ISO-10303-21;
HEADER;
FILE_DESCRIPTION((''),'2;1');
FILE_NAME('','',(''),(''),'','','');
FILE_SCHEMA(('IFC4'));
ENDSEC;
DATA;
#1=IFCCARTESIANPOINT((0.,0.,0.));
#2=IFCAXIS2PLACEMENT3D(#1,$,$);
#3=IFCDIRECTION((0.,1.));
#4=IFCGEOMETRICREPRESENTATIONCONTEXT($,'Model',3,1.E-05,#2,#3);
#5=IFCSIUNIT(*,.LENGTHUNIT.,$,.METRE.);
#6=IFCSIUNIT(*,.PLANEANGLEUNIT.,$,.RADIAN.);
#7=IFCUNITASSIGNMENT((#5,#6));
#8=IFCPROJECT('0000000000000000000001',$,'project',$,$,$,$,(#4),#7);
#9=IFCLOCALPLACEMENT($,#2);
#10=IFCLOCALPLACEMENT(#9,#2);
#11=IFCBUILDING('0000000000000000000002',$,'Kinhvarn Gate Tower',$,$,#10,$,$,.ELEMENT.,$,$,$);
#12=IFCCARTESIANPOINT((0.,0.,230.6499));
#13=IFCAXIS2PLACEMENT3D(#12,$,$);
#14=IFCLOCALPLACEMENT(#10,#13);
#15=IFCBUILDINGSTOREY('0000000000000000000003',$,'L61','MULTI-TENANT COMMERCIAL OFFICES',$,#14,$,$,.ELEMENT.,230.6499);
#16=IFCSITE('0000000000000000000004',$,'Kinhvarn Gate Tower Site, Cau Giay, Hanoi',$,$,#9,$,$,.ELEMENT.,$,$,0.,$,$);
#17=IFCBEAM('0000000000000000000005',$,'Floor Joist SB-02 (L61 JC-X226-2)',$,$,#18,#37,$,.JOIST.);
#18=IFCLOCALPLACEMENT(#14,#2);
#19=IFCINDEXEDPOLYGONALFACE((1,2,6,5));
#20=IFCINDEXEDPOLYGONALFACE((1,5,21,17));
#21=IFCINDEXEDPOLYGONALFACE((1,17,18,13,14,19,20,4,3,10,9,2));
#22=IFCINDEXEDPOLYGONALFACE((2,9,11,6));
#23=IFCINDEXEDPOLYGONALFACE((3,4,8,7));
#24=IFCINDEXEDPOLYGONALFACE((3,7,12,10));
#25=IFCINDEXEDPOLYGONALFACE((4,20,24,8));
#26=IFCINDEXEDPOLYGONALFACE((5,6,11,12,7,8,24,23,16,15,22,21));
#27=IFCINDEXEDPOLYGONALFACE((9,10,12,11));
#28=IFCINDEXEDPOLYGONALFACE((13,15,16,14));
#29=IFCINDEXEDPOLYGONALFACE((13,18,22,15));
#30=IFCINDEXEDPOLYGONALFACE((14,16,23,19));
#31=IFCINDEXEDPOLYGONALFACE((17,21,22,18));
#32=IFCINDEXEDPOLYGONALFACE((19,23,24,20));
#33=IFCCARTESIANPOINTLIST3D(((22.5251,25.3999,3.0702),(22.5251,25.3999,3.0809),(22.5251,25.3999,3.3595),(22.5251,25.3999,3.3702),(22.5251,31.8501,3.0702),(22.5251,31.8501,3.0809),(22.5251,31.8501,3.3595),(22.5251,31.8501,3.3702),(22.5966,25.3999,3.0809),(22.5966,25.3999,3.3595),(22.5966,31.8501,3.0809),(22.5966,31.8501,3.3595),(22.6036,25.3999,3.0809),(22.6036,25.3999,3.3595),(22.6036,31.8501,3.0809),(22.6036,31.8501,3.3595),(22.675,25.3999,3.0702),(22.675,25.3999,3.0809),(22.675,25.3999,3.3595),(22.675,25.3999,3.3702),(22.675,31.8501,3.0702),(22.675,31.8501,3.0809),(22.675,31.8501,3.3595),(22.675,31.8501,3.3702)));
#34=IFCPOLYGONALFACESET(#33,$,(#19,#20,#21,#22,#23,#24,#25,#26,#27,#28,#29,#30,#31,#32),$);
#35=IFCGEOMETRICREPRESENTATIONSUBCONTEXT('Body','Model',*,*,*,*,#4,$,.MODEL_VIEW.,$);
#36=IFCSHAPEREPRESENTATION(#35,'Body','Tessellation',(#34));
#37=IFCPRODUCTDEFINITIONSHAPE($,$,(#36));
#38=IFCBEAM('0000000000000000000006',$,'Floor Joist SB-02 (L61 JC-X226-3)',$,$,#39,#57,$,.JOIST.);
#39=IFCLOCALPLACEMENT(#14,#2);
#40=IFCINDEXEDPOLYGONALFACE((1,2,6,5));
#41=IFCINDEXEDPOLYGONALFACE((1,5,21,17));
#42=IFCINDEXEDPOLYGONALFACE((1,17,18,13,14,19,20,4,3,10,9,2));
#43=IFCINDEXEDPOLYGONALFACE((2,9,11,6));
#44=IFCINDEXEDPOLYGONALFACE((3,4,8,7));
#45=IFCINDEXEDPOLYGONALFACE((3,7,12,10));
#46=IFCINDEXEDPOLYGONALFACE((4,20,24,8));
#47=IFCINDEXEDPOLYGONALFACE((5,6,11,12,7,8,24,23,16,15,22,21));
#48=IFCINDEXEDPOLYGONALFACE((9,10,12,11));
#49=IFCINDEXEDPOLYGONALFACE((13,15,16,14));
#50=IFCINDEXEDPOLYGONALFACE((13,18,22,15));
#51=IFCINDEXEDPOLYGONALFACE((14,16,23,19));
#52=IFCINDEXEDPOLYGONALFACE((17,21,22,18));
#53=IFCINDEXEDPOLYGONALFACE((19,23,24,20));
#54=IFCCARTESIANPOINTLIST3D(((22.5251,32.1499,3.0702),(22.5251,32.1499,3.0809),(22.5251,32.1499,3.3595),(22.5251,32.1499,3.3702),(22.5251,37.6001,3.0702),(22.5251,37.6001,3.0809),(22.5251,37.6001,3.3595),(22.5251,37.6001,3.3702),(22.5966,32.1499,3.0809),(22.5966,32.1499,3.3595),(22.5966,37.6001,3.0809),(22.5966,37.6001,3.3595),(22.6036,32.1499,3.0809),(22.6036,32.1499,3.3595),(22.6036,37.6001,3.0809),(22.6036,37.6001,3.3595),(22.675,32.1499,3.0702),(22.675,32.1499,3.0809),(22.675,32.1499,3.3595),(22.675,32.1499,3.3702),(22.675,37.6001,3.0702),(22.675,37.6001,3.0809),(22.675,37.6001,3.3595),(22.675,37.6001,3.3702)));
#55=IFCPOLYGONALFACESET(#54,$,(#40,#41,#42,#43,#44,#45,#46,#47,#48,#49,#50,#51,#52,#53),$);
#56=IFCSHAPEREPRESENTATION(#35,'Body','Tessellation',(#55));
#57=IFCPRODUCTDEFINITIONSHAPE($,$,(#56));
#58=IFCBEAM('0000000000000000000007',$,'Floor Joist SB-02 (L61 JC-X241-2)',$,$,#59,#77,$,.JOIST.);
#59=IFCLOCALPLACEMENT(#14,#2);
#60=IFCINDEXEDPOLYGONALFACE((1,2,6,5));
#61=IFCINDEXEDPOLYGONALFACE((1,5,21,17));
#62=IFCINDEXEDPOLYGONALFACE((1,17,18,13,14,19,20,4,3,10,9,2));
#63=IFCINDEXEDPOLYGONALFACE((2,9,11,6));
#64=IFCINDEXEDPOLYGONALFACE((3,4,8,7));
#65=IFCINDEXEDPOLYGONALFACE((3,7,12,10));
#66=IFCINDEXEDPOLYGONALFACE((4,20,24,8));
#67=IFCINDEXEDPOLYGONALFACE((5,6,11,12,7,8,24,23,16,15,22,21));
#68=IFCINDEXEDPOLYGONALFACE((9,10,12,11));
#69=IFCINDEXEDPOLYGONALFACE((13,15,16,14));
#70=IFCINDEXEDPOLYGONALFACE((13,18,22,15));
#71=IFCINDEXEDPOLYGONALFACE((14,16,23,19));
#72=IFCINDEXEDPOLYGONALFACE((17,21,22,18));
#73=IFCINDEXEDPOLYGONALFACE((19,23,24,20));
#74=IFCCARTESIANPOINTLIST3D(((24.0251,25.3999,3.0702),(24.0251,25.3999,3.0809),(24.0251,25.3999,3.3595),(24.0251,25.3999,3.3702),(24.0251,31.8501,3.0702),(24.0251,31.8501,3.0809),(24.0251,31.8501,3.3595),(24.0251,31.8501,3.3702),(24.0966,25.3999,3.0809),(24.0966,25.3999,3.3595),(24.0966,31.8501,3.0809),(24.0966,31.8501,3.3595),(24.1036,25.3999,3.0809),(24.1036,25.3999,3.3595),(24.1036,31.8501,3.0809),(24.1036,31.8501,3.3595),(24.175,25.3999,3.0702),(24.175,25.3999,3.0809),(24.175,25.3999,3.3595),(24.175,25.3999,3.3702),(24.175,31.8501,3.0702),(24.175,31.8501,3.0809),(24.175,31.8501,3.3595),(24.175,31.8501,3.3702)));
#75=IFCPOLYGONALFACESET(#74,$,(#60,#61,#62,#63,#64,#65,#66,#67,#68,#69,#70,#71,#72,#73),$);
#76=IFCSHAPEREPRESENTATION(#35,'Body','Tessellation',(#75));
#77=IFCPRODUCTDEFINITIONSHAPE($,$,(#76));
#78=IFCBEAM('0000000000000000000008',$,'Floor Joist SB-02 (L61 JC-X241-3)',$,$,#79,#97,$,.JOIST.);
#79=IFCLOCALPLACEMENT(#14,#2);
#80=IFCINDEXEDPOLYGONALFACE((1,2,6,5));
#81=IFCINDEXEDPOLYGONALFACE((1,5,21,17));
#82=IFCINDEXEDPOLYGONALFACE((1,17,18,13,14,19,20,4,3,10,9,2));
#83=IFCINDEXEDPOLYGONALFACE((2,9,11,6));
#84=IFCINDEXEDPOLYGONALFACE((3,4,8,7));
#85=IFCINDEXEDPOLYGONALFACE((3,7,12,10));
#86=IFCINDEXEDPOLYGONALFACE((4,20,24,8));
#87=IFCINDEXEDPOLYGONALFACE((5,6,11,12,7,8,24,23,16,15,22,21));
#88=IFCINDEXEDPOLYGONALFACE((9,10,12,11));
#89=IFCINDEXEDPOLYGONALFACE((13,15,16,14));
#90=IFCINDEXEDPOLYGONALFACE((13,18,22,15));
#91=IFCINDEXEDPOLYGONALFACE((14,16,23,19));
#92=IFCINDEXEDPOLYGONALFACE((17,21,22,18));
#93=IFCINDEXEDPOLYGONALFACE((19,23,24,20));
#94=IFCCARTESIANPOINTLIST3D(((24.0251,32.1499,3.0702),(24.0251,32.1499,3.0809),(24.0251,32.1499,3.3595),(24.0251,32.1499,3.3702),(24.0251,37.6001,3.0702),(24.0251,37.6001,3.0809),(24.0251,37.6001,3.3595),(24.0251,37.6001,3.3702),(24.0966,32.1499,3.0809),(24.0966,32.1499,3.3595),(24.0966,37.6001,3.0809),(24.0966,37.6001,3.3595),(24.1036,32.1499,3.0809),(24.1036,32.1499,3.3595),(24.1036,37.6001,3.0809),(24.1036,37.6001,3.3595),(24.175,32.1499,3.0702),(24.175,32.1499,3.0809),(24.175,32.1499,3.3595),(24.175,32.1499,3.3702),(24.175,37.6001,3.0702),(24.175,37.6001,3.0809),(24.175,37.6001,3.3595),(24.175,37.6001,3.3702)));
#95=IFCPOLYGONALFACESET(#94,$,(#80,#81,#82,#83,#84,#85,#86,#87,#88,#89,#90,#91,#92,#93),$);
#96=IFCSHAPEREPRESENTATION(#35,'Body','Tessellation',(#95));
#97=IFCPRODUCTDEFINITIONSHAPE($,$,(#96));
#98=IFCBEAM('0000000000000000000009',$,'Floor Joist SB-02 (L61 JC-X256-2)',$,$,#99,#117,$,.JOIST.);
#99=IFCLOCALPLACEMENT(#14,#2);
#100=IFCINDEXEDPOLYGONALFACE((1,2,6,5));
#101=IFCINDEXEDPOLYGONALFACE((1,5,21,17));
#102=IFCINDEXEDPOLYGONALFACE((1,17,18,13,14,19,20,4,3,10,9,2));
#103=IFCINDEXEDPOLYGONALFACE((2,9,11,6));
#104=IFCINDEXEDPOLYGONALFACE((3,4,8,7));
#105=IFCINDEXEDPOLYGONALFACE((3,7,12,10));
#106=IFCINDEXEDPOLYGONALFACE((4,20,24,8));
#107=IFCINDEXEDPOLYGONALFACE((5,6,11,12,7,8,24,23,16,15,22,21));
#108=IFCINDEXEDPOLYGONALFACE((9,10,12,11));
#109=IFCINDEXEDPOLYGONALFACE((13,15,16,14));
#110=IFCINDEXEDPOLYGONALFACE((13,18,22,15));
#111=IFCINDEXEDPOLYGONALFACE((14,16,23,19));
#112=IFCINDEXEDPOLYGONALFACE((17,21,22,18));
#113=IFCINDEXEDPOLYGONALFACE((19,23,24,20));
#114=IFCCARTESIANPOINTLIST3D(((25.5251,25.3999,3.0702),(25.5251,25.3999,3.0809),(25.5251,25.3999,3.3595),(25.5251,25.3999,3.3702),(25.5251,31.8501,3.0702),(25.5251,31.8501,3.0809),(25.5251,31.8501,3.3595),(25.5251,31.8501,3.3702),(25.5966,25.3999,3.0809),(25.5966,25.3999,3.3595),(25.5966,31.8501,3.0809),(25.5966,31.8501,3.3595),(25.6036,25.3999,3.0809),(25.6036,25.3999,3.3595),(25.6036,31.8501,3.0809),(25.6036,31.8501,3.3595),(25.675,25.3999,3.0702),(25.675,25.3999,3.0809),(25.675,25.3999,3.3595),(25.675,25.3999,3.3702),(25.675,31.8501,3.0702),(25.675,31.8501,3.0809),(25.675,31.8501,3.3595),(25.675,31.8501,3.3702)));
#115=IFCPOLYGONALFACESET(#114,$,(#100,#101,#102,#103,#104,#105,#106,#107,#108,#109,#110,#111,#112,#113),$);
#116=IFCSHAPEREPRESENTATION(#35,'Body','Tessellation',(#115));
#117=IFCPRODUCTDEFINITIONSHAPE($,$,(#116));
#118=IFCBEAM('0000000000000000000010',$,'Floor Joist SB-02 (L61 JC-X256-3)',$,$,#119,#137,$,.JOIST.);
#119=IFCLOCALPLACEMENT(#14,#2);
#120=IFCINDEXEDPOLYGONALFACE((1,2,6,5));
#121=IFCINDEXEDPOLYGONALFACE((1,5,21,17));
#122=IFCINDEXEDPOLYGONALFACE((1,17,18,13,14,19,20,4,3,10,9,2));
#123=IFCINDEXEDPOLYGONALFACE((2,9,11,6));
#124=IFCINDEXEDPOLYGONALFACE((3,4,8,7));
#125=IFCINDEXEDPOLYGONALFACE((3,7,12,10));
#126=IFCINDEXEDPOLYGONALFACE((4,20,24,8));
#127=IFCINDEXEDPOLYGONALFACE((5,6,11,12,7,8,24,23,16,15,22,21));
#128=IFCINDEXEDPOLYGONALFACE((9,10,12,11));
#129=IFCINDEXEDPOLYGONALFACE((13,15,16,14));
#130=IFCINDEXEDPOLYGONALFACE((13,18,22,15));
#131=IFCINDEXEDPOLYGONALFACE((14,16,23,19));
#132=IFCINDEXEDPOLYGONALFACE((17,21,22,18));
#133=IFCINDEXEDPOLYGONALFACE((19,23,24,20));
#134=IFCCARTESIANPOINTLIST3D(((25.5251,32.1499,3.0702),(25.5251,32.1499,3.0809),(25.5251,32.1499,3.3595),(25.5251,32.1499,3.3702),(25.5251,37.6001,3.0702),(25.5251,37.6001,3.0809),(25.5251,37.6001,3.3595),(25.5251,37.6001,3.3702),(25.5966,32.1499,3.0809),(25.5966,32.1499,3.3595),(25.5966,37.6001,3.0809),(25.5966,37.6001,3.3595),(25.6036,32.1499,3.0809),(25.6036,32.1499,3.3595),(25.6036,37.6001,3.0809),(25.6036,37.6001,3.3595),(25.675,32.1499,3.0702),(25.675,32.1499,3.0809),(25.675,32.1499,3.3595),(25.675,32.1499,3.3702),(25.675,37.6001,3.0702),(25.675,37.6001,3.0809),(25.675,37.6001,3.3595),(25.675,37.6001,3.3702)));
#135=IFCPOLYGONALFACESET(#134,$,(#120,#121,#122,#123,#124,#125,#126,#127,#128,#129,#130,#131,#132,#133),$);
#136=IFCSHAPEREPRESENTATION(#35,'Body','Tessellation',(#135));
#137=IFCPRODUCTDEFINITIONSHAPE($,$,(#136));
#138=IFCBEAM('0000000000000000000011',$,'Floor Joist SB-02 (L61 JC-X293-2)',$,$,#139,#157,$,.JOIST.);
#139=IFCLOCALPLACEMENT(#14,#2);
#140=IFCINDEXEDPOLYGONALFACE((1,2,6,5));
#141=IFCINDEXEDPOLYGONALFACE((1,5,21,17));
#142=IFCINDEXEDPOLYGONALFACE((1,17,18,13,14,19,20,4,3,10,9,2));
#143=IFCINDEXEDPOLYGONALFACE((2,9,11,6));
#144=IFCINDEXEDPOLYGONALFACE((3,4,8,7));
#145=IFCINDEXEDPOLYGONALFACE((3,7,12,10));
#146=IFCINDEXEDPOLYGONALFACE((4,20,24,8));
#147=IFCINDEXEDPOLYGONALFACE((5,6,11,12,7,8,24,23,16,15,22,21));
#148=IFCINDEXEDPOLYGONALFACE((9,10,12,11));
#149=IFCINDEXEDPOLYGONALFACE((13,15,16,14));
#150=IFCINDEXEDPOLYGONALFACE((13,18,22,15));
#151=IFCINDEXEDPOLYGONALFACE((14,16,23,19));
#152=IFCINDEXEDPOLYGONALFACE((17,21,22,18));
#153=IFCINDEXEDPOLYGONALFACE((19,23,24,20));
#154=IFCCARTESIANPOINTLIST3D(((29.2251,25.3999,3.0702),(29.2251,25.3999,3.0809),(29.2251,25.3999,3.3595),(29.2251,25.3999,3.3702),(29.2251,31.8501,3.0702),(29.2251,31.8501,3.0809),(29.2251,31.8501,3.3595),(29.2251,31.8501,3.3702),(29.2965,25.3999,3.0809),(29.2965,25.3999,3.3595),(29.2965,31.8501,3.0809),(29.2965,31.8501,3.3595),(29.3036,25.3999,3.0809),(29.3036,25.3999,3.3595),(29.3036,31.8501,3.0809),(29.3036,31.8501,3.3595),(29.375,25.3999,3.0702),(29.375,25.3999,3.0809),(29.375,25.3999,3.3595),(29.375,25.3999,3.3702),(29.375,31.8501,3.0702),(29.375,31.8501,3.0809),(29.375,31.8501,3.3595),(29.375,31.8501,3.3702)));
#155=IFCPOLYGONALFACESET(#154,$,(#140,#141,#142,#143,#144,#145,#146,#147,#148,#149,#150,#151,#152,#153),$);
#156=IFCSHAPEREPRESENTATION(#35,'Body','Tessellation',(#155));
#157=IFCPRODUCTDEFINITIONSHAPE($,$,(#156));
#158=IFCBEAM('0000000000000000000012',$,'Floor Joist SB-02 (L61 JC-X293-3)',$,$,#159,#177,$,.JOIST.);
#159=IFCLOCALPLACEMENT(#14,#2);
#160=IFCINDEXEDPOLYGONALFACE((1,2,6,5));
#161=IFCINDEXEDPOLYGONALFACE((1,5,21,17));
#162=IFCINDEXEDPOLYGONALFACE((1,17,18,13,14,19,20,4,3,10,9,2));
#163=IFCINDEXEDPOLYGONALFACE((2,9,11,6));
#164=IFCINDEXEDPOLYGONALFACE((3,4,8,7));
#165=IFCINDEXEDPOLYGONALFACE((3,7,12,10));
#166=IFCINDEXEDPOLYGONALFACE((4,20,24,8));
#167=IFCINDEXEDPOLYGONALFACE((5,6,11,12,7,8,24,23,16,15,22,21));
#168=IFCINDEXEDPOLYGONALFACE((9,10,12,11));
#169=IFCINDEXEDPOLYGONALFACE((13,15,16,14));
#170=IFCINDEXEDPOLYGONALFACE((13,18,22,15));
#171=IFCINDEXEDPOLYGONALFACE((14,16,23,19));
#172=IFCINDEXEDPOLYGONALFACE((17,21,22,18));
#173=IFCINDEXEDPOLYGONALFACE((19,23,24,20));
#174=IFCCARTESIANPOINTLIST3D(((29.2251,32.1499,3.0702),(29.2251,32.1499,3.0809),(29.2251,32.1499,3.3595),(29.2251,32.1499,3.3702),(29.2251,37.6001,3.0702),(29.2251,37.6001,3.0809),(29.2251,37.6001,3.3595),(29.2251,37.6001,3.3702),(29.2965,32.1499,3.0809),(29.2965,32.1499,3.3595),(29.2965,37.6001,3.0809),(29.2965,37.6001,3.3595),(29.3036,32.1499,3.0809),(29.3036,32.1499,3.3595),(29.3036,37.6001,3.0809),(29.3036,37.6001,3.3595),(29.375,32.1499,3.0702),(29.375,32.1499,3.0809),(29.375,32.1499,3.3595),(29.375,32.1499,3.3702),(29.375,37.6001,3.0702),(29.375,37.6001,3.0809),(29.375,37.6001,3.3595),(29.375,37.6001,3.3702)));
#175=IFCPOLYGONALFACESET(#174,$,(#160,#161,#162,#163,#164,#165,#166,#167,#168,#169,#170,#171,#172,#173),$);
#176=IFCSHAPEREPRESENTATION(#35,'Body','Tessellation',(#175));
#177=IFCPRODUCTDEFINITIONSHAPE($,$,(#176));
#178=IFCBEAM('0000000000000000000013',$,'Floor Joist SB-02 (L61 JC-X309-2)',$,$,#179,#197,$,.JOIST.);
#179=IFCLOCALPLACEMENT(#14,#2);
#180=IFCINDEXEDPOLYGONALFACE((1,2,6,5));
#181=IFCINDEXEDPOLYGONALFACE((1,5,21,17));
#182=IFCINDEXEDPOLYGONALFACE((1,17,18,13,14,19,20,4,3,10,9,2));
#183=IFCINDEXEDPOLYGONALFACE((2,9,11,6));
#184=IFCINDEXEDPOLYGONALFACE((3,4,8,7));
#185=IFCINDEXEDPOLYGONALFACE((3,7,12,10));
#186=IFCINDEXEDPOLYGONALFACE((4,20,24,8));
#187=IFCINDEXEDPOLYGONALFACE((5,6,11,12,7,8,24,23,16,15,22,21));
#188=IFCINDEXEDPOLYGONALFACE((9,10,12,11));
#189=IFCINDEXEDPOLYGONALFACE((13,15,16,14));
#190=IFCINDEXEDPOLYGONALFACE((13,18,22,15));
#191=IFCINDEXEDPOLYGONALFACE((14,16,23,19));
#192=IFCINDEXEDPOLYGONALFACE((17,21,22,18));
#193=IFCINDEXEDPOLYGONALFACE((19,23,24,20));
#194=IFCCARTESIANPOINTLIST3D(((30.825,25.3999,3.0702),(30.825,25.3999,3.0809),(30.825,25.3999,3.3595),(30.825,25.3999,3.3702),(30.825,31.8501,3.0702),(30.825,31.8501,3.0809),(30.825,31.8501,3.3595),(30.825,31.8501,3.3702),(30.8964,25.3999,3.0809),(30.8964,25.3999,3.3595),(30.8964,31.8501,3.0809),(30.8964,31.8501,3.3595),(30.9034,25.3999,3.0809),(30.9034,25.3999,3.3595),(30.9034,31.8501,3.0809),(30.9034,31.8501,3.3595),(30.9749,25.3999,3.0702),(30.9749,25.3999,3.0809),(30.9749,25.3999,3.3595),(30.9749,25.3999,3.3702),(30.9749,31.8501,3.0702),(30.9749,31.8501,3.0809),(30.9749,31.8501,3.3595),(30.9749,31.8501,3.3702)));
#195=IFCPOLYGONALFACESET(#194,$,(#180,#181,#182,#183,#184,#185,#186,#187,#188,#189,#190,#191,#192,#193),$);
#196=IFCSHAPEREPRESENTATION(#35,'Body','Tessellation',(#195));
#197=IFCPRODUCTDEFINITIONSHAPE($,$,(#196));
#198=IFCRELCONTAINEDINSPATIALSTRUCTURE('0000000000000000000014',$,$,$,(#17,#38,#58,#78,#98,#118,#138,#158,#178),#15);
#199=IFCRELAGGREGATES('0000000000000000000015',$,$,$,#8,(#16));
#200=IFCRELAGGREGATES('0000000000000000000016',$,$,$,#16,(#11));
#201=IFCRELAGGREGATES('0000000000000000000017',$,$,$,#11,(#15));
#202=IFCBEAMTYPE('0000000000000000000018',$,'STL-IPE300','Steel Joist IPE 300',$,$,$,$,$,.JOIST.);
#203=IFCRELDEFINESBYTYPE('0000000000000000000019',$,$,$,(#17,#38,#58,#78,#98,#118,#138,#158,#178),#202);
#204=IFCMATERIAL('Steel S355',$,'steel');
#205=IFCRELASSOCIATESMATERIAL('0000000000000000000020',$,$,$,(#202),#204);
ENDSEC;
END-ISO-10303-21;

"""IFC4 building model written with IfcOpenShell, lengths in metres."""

from ifc_helpers import new_model, si_unit, direction, frame, origin, origin_2d, place, context, subcontext, project, spatial, i_section, extrude, material, material_profile, profile_set, type_object, element, save


model = new_model("IFC4")

# Units and contexts
model_context = context("Model", 3, precision=1e-05, world=origin(), true_north=direction((0.0, 1.0)))
body_context = subcontext(model_context, "Body", "Model", "MODEL_VIEW")
ifc_project = project(units=[si_unit("LENGTHUNIT", "METRE"), si_unit("PLANEANGLEUNIT", "RADIAN")], contexts=[model_context])

# Site, building, storey
site_placement = place(None, origin())
site = spatial("IfcSite", under=ifc_project, at=site_placement, Name="Kinhvarn Gate Tower Site, Cau Giay, Hanoi", CompositionType="ELEMENT", RefElevation=0.0)
building_placement = place(site_placement, origin())
building = spatial("IfcBuilding", under=site, at=building_placement, Name="Kinhvarn Gate Tower", CompositionType="ELEMENT")
storey_placement = place(building_placement, frame((0.0, 0.0, 230.6499)))
storey = spatial("IfcBuildingStorey", under=building, at=storey_placement, Name="L61", Description="MULTI-TENANT COMMERCIAL OFFICES", CompositionType="ELEMENT", Elevation=230.6499)

# Beams
ifc_material_1 = material(Name="Steel S355", Category="steel")
ifc_material_profile = material_profile(ifc_material_1, i_section(OverallWidth=0.1499, OverallDepth=0.3, WebThickness=0.0071, FlangeThickness=0.0107, at=origin_2d()), Name="IPE 300")
ifc_profile_set = profile_set([ifc_material_profile], Name="Steel S355")
beam_type = type_object("IfcBeamType", Name="STL-IPE300", Description="Steel Joist IPE 300", PredefinedType="JOIST", material=ifc_profile_set)
beam_1_placement = place(storey_placement, frame((22.6001, 25.3999, 3.2202), z_axis=(0.0, 1.0, 0.0), x_axis=(-1.0, 0.0, 0.0)))
element("IfcBeam", 1, at=beam_1_placement, inside=storey, type_object=beam_type, Name="Floor Joist SB-02 (L61 JC-X226-2)", PredefinedType="JOIST", context=body_context, shape_type="SweptSolid", body=[
    extrude(i_section(OverallWidth=0.1499, OverallDepth=0.3, WebThickness=0.0071, FlangeThickness=0.0107, at=origin_2d()), origin(), (0.0, 0.0, 1.0), 6.4502),
])
beam_2_placement = place(storey_placement, frame((22.6001, 32.1499, 3.2202), z_axis=(0.0, 1.0, 0.0), x_axis=(-1.0, 0.0, 0.0)))
element("IfcBeam", 2, at=beam_2_placement, inside=storey, type_object=beam_type, Name="Floor Joist SB-02 (L61 JC-X226-3)", PredefinedType="JOIST", context=body_context, shape_type="SweptSolid", body=[
    extrude(i_section(OverallWidth=0.1499, OverallDepth=0.3, WebThickness=0.0071, FlangeThickness=0.0107, at=origin_2d()), origin(), (0.0, 0.0, 1.0), 5.4502),
])
beam_3_placement = place(storey_placement, frame((24.1001, 25.3999, 3.2202), z_axis=(0.0, 1.0, 0.0), x_axis=(-1.0, 0.0, 0.0)))
element("IfcBeam", 3, at=beam_3_placement, inside=storey, type_object=beam_type, Name="Floor Joist SB-02 (L61 JC-X241-2)", PredefinedType="JOIST", context=body_context, shape_type="SweptSolid", body=[
    extrude(i_section(OverallWidth=0.1499, OverallDepth=0.3, WebThickness=0.0071, FlangeThickness=0.0107, at=origin_2d()), origin(), (0.0, 0.0, 1.0), 6.4502),
])
beam_4_placement = place(storey_placement, frame((24.1001, 32.1499, 3.2202), z_axis=(0.0, 1.0, 0.0), x_axis=(-1.0, 0.0, 0.0)))
element("IfcBeam", 4, at=beam_4_placement, inside=storey, type_object=beam_type, Name="Floor Joist SB-02 (L61 JC-X241-3)", PredefinedType="JOIST", context=body_context, shape_type="SweptSolid", body=[
    extrude(i_section(OverallWidth=0.1499, OverallDepth=0.3, WebThickness=0.0071, FlangeThickness=0.0107, at=origin_2d()), origin(), (0.0, 0.0, 1.0), 5.4502),
])
beam_5_placement = place(storey_placement, frame((25.6001, 25.3999, 3.2202), z_axis=(0.0, 1.0, 0.0), x_axis=(-1.0, 0.0, 0.0)))
element("IfcBeam", 5, at=beam_5_placement, inside=storey, type_object=beam_type, Name="Floor Joist SB-02 (L61 JC-X256-2)", PredefinedType="JOIST", context=body_context, shape_type="SweptSolid", body=[
    extrude(i_section(OverallWidth=0.1499, OverallDepth=0.3, WebThickness=0.0071, FlangeThickness=0.0107, at=origin_2d()), origin(), (0.0, 0.0, 1.0), 6.4502),
])
beam_6_placement = place(storey_placement, frame((25.6001, 32.1499, 3.2202), z_axis=(0.0, 1.0, 0.0), x_axis=(-1.0, 0.0, 0.0)))
element("IfcBeam", 6, at=beam_6_placement, inside=storey, type_object=beam_type, Name="Floor Joist SB-02 (L61 JC-X256-3)", PredefinedType="JOIST", context=body_context, shape_type="SweptSolid", body=[
    extrude(i_section(OverallWidth=0.1499, OverallDepth=0.3, WebThickness=0.0071, FlangeThickness=0.0107, at=origin_2d()), origin(), (0.0, 0.0, 1.0), 5.4502),
])
beam_7_placement = place(storey_placement, frame((29.3, 25.3999, 3.2202), z_axis=(0.0, 1.0, 0.0), x_axis=(-1.0, 0.0, 0.0)))
element("IfcBeam", 7, at=beam_7_placement, inside=storey, type_object=beam_type, Name="Floor Joist SB-02 (L61 JC-X293-2)", PredefinedType="JOIST", context=body_context, shape_type="SweptSolid", body=[
    extrude(i_section(OverallWidth=0.1499, OverallDepth=0.3, WebThickness=0.0071, FlangeThickness=0.0107, at=origin_2d()), origin(), (0.0, 0.0, 1.0), 6.4502),
])
beam_8_placement = place(storey_placement, frame((29.3, 32.1499, 3.2202), z_axis=(0.0, 1.0, 0.0), x_axis=(-1.0, 0.0, 0.0)))
element("IfcBeam", 8, at=beam_8_placement, inside=storey, type_object=beam_type, Name="Floor Joist SB-02 (L61 JC-X293-3)", PredefinedType="JOIST", context=body_context, shape_type="SweptSolid", body=[
    extrude(i_section(OverallWidth=0.1499, OverallDepth=0.3, WebThickness=0.0071, FlangeThickness=0.0107, at=origin_2d()), origin(), (0.0, 0.0, 1.0), 5.4502),
])
beam_9_placement = place(storey_placement, frame((30.8999, 25.3999, 3.2202), z_axis=(0.0, 1.0, 0.0), x_axis=(-1.0, 0.0, 0.0)))
element("IfcBeam", 9, at=beam_9_placement, inside=storey, type_object=beam_type, Name="Floor Joist SB-02 (L61 JC-X309-2)", PredefinedType="JOIST", context=body_context, shape_type="SweptSolid", body=[
    extrude(i_section(OverallWidth=0.1499, OverallDepth=0.3, WebThickness=0.0071, FlangeThickness=0.0107, at=origin_2d()), origin(), (0.0, 0.0, 1.0), 6.4502),
])

save(model, "model.ifc")
